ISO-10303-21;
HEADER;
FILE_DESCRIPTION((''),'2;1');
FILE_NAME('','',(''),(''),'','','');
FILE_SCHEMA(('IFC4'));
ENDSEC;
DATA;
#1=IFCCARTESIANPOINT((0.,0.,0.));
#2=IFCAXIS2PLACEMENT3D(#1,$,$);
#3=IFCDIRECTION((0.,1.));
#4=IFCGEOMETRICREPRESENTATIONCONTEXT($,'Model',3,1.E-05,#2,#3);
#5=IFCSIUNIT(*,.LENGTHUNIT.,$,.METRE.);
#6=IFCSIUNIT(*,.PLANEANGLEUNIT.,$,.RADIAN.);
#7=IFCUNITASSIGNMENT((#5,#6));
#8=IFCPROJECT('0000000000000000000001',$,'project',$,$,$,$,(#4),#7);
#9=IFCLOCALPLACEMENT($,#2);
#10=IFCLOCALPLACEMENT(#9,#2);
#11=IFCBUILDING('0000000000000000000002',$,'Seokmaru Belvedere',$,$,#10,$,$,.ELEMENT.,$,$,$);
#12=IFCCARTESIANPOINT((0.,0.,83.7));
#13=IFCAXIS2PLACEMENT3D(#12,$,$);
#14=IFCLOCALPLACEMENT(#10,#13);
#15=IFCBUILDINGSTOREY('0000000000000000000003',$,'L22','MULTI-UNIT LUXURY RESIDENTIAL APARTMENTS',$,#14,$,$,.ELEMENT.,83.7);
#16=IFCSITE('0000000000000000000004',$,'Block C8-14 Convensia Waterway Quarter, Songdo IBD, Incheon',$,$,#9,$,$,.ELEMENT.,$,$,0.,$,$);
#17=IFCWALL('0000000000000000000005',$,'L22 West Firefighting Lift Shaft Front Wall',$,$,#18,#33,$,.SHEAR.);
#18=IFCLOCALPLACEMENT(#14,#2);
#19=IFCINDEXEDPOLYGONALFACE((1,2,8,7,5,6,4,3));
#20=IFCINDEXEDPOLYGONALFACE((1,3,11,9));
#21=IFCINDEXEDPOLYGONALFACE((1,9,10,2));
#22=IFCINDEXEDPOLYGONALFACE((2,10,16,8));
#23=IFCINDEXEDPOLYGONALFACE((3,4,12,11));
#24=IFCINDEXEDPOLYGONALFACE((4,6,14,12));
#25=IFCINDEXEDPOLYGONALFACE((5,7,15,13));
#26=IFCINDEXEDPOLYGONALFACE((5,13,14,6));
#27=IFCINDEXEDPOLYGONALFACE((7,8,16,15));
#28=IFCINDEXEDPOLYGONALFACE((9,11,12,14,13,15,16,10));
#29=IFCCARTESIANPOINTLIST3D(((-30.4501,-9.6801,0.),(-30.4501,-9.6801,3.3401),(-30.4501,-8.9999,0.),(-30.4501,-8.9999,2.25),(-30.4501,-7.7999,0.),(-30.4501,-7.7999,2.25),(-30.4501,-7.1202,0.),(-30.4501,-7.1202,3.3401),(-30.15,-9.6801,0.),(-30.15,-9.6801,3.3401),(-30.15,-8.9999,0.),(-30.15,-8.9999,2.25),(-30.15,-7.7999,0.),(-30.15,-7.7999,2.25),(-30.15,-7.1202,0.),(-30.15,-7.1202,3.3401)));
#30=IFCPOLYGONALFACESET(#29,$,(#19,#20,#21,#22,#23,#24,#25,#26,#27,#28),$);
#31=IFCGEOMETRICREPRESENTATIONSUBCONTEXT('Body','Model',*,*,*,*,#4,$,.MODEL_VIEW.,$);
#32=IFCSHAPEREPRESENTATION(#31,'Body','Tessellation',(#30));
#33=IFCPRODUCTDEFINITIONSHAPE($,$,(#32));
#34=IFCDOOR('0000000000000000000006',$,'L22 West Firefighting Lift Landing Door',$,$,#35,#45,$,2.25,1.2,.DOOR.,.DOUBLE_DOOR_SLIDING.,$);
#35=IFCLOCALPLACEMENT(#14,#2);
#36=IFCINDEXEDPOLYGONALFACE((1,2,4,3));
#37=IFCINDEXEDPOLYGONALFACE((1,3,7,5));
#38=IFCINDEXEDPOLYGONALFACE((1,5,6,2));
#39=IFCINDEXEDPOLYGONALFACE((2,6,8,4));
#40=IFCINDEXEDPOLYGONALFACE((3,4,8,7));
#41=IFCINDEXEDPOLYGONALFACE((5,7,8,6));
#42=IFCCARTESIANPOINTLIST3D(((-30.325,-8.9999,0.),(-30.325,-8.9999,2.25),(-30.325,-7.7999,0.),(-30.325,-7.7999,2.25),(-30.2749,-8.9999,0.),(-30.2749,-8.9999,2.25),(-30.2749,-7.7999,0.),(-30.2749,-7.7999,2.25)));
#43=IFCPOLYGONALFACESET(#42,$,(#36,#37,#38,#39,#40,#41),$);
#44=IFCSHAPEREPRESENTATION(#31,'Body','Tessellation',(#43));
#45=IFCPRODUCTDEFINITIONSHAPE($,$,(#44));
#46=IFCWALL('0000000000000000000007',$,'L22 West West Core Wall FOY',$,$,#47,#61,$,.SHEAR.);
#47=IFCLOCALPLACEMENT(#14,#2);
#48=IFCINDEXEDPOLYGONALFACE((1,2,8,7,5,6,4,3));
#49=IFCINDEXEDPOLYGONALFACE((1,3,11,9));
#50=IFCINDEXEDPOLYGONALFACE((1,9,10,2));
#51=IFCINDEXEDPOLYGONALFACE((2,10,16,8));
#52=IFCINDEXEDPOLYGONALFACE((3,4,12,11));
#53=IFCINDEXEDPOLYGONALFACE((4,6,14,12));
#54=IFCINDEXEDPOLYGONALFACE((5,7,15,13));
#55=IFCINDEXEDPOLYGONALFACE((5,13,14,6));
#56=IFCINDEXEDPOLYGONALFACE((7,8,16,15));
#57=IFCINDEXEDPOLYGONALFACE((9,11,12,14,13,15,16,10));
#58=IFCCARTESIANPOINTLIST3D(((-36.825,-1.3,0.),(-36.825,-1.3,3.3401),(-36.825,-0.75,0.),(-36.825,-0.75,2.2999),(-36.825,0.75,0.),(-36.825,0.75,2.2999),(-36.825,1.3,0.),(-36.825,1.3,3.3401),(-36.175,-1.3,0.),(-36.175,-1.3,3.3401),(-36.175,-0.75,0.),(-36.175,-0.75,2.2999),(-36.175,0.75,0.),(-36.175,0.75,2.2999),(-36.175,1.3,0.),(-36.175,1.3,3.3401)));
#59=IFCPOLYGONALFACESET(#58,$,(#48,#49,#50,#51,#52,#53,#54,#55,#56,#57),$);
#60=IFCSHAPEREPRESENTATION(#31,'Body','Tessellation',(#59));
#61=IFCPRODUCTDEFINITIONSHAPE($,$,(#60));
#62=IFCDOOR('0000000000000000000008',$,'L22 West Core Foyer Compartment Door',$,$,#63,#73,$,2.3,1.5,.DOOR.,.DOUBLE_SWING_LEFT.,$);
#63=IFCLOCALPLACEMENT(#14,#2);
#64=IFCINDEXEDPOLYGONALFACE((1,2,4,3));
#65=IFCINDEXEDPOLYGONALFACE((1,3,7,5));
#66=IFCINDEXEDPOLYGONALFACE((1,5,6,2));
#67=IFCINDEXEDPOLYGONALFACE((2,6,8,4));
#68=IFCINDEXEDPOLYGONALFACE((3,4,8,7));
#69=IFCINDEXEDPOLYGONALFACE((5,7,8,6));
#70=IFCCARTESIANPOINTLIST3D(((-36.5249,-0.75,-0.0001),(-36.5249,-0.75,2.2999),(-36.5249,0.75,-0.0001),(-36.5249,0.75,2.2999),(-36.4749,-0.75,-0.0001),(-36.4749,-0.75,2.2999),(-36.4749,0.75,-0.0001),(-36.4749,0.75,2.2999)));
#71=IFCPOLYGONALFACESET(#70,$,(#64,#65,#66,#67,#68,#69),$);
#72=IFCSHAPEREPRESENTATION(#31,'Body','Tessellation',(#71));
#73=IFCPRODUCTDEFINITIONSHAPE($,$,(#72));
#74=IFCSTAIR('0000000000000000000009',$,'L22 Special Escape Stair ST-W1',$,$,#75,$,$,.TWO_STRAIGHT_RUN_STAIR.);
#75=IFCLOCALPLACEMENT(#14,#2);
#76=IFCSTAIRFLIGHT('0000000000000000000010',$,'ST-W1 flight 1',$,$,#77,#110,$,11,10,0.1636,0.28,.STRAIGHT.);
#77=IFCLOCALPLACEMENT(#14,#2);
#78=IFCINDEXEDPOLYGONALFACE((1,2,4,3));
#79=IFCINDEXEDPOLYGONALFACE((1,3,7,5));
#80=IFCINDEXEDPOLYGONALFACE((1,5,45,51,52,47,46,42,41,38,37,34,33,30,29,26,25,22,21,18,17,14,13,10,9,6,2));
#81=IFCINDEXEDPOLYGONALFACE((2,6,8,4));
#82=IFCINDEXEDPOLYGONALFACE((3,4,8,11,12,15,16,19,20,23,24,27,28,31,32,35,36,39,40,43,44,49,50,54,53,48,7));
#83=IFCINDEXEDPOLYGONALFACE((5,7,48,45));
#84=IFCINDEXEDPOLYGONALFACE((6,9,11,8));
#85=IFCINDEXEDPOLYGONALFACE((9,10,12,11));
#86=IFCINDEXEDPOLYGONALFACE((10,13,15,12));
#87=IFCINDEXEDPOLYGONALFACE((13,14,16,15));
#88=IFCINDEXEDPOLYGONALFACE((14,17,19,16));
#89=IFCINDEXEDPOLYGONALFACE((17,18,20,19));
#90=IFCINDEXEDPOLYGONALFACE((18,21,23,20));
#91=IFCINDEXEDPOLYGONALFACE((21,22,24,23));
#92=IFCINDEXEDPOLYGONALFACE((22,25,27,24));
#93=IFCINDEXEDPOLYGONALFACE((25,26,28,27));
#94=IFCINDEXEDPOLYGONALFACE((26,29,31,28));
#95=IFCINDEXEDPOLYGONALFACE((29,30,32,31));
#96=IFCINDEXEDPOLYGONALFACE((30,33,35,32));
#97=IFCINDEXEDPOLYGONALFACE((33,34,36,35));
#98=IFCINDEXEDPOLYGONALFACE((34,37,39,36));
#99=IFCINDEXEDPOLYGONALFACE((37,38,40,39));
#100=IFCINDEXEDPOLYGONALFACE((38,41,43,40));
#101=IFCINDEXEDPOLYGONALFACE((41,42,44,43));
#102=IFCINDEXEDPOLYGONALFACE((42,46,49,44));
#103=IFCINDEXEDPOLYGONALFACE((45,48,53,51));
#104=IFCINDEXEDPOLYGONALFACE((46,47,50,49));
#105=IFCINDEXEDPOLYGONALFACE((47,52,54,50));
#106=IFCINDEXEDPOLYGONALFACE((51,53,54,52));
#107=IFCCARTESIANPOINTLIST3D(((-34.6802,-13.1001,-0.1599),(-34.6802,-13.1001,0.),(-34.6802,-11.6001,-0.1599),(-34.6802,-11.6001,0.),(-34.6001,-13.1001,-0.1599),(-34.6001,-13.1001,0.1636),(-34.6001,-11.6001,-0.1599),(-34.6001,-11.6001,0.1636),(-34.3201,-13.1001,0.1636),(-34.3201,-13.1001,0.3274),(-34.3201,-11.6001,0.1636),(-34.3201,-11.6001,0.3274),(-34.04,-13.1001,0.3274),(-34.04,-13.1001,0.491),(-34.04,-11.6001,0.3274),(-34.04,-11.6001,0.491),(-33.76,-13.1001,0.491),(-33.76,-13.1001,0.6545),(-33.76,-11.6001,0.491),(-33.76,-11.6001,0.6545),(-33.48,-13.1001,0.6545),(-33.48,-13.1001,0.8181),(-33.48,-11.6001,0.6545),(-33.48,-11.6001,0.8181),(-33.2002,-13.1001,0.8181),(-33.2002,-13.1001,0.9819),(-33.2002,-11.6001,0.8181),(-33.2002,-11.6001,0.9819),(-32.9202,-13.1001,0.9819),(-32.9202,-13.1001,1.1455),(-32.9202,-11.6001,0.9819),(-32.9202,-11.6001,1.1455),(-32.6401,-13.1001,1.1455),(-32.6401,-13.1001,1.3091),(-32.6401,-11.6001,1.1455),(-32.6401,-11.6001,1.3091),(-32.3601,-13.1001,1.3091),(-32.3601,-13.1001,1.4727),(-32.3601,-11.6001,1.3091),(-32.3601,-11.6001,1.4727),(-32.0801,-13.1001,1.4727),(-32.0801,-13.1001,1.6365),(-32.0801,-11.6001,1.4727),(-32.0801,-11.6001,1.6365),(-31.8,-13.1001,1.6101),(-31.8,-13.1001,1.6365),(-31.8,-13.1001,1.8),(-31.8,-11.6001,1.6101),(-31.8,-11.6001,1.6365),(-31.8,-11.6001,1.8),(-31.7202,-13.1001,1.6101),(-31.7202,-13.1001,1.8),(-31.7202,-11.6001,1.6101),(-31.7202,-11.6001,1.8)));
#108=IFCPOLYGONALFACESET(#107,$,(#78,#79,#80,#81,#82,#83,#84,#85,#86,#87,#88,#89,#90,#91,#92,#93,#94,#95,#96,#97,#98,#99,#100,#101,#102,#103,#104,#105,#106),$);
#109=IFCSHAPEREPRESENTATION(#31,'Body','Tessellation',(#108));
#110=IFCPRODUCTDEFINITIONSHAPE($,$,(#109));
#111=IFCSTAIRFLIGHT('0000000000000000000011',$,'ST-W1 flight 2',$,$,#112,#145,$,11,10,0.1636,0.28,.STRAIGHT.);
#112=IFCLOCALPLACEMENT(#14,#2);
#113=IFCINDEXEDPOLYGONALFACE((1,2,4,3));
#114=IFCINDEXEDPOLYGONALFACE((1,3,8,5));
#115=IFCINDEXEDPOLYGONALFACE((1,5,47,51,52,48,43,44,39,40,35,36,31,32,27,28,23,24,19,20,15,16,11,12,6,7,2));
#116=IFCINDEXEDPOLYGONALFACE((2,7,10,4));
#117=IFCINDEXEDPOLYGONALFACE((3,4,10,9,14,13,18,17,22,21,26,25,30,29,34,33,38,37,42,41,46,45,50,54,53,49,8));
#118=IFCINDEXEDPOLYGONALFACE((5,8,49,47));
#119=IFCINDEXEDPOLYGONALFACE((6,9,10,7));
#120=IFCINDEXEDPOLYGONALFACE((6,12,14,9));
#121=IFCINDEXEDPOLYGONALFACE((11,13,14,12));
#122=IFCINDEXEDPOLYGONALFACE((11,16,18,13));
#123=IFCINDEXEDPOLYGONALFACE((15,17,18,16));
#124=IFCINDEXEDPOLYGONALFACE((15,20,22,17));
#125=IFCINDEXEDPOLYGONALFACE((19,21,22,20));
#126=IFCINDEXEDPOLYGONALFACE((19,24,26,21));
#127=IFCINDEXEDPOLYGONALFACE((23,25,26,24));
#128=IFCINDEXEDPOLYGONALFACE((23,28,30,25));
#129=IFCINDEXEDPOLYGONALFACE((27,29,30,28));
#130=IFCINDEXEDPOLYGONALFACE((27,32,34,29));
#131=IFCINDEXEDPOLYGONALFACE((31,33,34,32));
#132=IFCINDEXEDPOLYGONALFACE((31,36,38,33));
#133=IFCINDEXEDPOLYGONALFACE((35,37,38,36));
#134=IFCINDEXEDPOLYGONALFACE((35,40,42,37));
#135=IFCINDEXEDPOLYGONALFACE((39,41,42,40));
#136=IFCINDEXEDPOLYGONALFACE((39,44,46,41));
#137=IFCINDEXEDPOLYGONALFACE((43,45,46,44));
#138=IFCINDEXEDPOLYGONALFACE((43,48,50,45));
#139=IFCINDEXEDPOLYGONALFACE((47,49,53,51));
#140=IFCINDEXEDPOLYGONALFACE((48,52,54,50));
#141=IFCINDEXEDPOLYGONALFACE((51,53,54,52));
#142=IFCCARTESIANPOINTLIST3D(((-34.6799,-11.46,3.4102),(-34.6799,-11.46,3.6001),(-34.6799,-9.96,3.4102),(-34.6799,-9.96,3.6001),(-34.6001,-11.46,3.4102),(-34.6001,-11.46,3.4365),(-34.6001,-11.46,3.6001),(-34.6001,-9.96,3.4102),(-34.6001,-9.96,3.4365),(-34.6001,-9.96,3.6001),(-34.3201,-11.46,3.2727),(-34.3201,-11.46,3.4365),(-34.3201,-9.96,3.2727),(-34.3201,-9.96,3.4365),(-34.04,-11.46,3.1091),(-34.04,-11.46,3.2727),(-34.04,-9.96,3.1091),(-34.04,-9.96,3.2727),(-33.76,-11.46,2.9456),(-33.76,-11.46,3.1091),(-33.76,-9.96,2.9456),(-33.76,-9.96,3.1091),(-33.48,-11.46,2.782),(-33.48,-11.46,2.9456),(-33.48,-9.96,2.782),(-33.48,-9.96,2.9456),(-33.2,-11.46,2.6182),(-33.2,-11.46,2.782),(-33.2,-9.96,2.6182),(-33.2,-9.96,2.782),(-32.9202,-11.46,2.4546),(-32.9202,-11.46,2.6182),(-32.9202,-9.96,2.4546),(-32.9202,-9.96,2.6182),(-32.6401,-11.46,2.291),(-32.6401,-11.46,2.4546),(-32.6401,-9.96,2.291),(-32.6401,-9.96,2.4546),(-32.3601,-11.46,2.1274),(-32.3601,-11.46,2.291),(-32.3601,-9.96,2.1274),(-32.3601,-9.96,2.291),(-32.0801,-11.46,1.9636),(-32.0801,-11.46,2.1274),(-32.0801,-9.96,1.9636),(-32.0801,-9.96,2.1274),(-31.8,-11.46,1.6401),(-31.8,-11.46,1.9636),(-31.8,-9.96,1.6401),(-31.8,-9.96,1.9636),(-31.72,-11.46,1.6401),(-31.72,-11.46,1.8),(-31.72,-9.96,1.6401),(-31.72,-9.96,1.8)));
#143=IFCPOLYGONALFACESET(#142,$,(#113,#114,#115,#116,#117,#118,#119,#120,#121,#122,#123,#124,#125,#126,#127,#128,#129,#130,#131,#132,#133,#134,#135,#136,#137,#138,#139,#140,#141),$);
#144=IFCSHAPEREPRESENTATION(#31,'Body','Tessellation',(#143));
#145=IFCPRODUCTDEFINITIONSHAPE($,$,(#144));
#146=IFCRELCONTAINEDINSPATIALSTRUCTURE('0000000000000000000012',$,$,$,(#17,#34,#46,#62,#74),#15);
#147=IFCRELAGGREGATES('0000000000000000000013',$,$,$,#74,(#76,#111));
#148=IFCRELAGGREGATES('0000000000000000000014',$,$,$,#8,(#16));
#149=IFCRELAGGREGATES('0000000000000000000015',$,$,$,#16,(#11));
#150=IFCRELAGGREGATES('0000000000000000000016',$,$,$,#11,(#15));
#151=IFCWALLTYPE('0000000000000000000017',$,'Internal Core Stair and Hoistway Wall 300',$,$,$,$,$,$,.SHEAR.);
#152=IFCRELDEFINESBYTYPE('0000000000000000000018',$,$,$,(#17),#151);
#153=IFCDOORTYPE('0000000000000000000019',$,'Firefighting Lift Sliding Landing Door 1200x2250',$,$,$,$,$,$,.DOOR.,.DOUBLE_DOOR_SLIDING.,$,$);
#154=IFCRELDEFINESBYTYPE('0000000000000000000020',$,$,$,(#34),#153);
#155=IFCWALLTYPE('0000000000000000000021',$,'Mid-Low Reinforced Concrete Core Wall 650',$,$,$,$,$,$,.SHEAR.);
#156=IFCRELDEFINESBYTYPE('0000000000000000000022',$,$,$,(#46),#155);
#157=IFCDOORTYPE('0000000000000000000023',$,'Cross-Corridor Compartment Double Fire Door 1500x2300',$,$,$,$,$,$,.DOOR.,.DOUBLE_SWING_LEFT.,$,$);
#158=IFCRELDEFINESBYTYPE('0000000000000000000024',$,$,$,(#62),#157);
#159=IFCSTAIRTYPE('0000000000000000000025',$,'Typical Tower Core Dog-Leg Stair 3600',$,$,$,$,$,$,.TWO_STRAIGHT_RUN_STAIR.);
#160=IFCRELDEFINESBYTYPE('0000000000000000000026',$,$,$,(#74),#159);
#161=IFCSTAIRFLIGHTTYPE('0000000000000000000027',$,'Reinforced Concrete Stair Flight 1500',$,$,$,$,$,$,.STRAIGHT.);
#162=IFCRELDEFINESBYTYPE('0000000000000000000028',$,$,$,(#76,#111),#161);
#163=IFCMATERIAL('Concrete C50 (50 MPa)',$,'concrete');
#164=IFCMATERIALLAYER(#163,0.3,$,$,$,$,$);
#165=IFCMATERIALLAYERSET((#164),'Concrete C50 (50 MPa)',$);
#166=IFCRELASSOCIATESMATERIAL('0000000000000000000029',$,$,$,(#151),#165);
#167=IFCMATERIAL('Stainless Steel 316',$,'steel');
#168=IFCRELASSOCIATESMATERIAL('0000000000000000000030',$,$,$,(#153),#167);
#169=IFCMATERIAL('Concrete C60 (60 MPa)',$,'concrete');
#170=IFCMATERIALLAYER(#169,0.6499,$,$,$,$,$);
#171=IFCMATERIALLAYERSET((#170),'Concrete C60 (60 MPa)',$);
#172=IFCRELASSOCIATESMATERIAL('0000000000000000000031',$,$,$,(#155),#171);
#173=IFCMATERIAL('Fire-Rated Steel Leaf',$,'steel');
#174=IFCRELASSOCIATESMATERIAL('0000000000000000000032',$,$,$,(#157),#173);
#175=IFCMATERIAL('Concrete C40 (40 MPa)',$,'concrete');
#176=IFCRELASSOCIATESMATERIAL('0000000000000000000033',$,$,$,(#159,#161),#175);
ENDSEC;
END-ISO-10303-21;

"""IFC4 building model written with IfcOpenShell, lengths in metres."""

from ifc_helpers import new_model, si_unit, direction, frame, frame_2d, origin, place, context, subcontext, project, spatial, polyline, rectangle, outline, extrude, source, transform, mapped, material, layer, layer_set, type_object, type_shapes, element, fill, aggregate, save


model = new_model("IFC4")

# Units and contexts
model_context = context("Model", 3, precision=1e-05, world=origin(), true_north=direction((0.0, 1.0)))
body_context = subcontext(model_context, "Body", "Model", "MODEL_VIEW")
ifc_project = project(units=[si_unit("LENGTHUNIT", "METRE"), si_unit("PLANEANGLEUNIT", "RADIAN")], contexts=[model_context])

# Site, building, storey
site_placement = place(None, origin())
site = spatial("IfcSite", under=ifc_project, at=site_placement, Name="Block C8-14 Convensia Waterway Quarter, Songdo IBD, Incheon", CompositionType="ELEMENT", RefElevation=0.0)
building_placement = place(site_placement, origin())
building = spatial("IfcBuilding", under=site, at=building_placement, Name="Seokmaru Belvedere", CompositionType="ELEMENT")
storey_placement = place(building_placement, frame((0.0, 0.0, 83.7)))
storey = spatial("IfcBuildingStorey", under=building, at=storey_placement, Name="L22", Description="MULTI-UNIT LUXURY RESIDENTIAL APARTMENTS", CompositionType="ELEMENT", Elevation=83.7)

# Shared definitions
ifc_material_1 = material(Name="Fire-Rated Steel Leaf", Category="steel")

# Shared definitions
ifc_material_2 = material(Name="Concrete C50 (50 MPa)", Category="concrete")

# Walls, openings, doors
ifc_layer_1 = layer(ifc_material_2, 0.3)
ifc_layer_set_1 = layer_set([ifc_layer_1], Name="Concrete C50 (50 MPa)")
wall_type_1 = type_object("IfcWallType", Name="Internal Core Stair and Hoistway Wall 300", PredefinedType="SHEAR", material=ifc_layer_set_1)
wall_1_placement = place(storey_placement, frame((-30.3, -9.6799, 0.0), z_axis=(0.0, 0.0, 1.0), x_axis=(0.0, 1.0, 0.0)))
wall_1 = element("IfcWall", 1, at=wall_1_placement, inside=storey, type_object=wall_type_1, Name="L22 West Firefighting Lift Shaft Front Wall", PredefinedType="SHEAR", context=body_context, shape_type="SweptSolid", body=[
    extrude(rectangle(XDim=2.5598, YDim=0.3, at=frame_2d((1.2798, 0.0))), origin(), (0.0, 0.0, 1.0), 3.3401),
])
opening_1_placement = place(wall_1_placement, frame((0.6799, 0.0, 0.0)))
opening_1 = element("IfcOpeningElement", 2, at=opening_1_placement, cuts=wall_1, PredefinedType="OPENING", context=body_context, shape_type="SweptSolid", body=[
    extrude(rectangle(XDim=1.2, YDim=2.25, at=frame_2d((0.6001, 1.125))), frame((0.0, 0.1602, 0.0), z_axis=(0.0, -1.0, 0.0), x_axis=(1.0, 0.0, 0.0)), (0.0, 0.0, 1.0), 0.3201),
])
ifc_material_3 = material(Name="Stainless Steel 316", Category="steel")
door_type_1 = type_object("IfcDoorType", Name="Firefighting Lift Sliding Landing Door 1200x2250", OperationType="DOUBLE_DOOR_SLIDING", PredefinedType="DOOR", material=ifc_material_3)
shared_shape_1 = source(origin(), body_context, "Body", "SweptSolid", [
    extrude(rectangle(XDim=1.2, YDim=2.25, at=frame_2d((0.6001, 1.125))), frame((0.0, 0.0249, 0.0), z_axis=(0.0, -1.0, 0.0), x_axis=(1.0, 0.0, 0.0)), (0.0, 0.0, 1.0), 0.05),
])
type_shapes(door_type_1, [shared_shape_1])
door_1_placement = place(opening_1_placement, origin())
door_1 = element("IfcDoor", 3, at=door_1_placement, inside=storey, type_object=door_type_1, Name="L22 West Firefighting Lift Landing Door", OperationType="DOUBLE_DOOR_SLIDING", OverallHeight=2.25, OverallWidth=1.2, PredefinedType="DOOR", context=body_context, shape_type="MappedRepresentation", body=[
    mapped(shared_shape_1, transform((0.0, 0.0, 0.0), scale=1.0)),
])
fill(opening_1, door_1)
ifc_material_4 = material(Name="Concrete C60 (60 MPa)", Category="concrete")
ifc_layer_2 = layer(ifc_material_4, 0.6499)
ifc_layer_set_2 = layer_set([ifc_layer_2], Name="Concrete C60 (60 MPa)")
wall_type_2 = type_object("IfcWallType", Name="Mid-Low Reinforced Concrete Core Wall 650", PredefinedType="SHEAR", material=ifc_layer_set_2)
wall_2_placement = place(storey_placement, frame((-36.5, -1.3, 0.0), z_axis=(0.0, 0.0, 1.0), x_axis=(0.0, 1.0, 0.0)))
wall_2 = element("IfcWall", 4, at=wall_2_placement, inside=storey, type_object=wall_type_2, Name="L22 West West Core Wall FOY", PredefinedType="SHEAR", context=body_context, shape_type="SweptSolid", body=[
    extrude(rectangle(XDim=2.6001, YDim=0.6499, at=frame_2d((1.3, 0.0))), origin(), (0.0, 0.0, 1.0), 3.3401),
])
opening_2_placement = place(wall_2_placement, frame((0.55, 0.0, 0.0)))
opening_2 = element("IfcOpeningElement", 5, at=opening_2_placement, cuts=wall_2, PredefinedType="OPENING", context=body_context, shape_type="SweptSolid", body=[
    extrude(rectangle(XDim=1.5, YDim=2.3, at=frame_2d((0.75, 1.1499))), frame((0.0, 0.335, 0.0), z_axis=(0.0, -1.0, 0.0), x_axis=(1.0, 0.0, 0.0)), (0.0, 0.0, 1.0), 0.6699),
])
door_type_2 = type_object("IfcDoorType", Name="Cross-Corridor Compartment Double Fire Door 1500x2300", OperationType="DOUBLE_SWING_LEFT", PredefinedType="DOOR", material=ifc_material_1)
shared_shape_2 = source(origin(), body_context, "Body", "SweptSolid", [
    extrude(rectangle(XDim=1.5, YDim=2.3, at=frame_2d((0.75, 1.1499))), frame((0.0, 0.0249, 0.0), z_axis=(0.0, -1.0, 0.0), x_axis=(1.0, 0.0, 0.0)), (0.0, 0.0, 1.0), 0.05),
])
type_shapes(door_type_2, [shared_shape_2])
door_2_placement = place(opening_2_placement, origin())
door_2 = element("IfcDoor", 6, at=door_2_placement, inside=storey, type_object=door_type_2, Name="L22 West Core Foyer Compartment Door", OperationType="DOUBLE_SWING_LEFT", OverallHeight=2.3, OverallWidth=1.5, PredefinedType="DOOR", context=body_context, shape_type="MappedRepresentation", body=[
    mapped(shared_shape_2, transform((0.0, 0.0, 0.0), scale=1.0)),
])
fill(opening_2, door_2)

# Stair, stair flights
ifc_material_5 = material(Name="Concrete C40 (40 MPa)", Category="concrete")
stair_type = type_object("IfcStairType", Name="Typical Tower Core Dog-Leg Stair 3600", PredefinedType="TWO_STRAIGHT_RUN_STAIR", material=ifc_material_5)
stair_placement = place(storey_placement, origin())
stair = element("IfcStair", 7, at=stair_placement, inside=storey, type_object=stair_type, Name="L22 Special Escape Stair ST-W1", PredefinedType="TWO_STRAIGHT_RUN_STAIR")
stair_flight_type = type_object("IfcStairFlightType", Name="Reinforced Concrete Stair Flight 1500", PredefinedType="STRAIGHT", material=ifc_material_5)
stair_flight_1_placement = place(storey_placement, frame((-34.6001, -12.3501, 0.0), z_axis=(0.0, 0.0, 1.0), x_axis=(1.0, 0.0, 0.0)))
stair_flight_1 = element("IfcStairFlight", 8, at=stair_flight_1_placement, type_object=stair_flight_type, Name="ST-W1 flight 1", NumberOfRisers=11, NumberOfTreads=10, PredefinedType="STRAIGHT", RiserHeight=0.1636, TreadLength=0.28, context=body_context, shape_type="SweptSolid", body=[
    extrude(outline(polyline([(-0.0801, 0.0), (0.0, 0.1636), (0.28, 0.1636), (0.28, 0.3274), (0.5601, 0.3274), (0.5601, 0.491), (0.8401, 0.491), (0.8401, 0.6545), (1.1201, 0.6545), (1.1201, 0.8181), (1.3999, 0.8181), (1.3999, 0.9819), (1.6799, 0.9819), (1.6799, 1.1455), (1.96, 1.1455), (1.96, 1.3091), (2.24, 1.3091), (2.24, 1.4727), (2.52, 1.4727), (2.52, 1.6365), (2.8, 1.6365), (2.8, 1.8), (2.8799, 1.8), (2.8799, 1.6101), (2.8, 1.6101), (0.0, -0.1599), (-0.0801, -0.1599), (-0.0801, 0.0)])), frame((0.0, 0.75, 0.0), z_axis=(0.0, -1.0, 0.0), x_axis=(1.0, 0.0, 0.0)), (0.0, 0.0, 1.0), 1.5),
])
stair_flight_2_placement = place(storey_placement, frame((-31.8, -10.71, 1.8), z_axis=(0.0, 0.0, 1.0), x_axis=(-1.0, 0.0, 0.0)))
stair_flight_2 = element("IfcStairFlight", 9, at=stair_flight_2_placement, type_object=stair_flight_type, Name="ST-W1 flight 2", NumberOfRisers=11, NumberOfTreads=10, PredefinedType="STRAIGHT", RiserHeight=0.1636, TreadLength=0.28, context=body_context, shape_type="SweptSolid", body=[
    extrude(outline(polyline([(-0.0801, 0.0), (0.0, 0.1636), (0.28, 0.1636), (0.28, 0.3274), (0.5601, 0.3274), (0.5601, 0.491), (0.8401, 0.491), (0.8401, 0.6545), (1.1201, 0.6545), (1.1201, 0.8181), (1.3999, 0.8181), (1.3999, 0.9819), (1.6799, 0.9819), (1.6799, 1.1455), (1.96, 1.1455), (1.96, 1.3091), (2.24, 1.3091), (2.24, 1.4727), (2.52, 1.4727), (2.52, 1.6365), (2.8, 1.6365), (2.8, 1.8), (2.8799, 1.8), (2.8799, 1.6101), (2.8, 1.6101), (0.0, -0.1599), (-0.0801, -0.1599), (-0.0801, 0.0)])), frame((0.0, 0.75, 0.0), z_axis=(0.0, -1.0, 0.0), x_axis=(1.0, 0.0, 0.0)), (0.0, 0.0, 1.0), 1.5),
])
aggregate(stair, [stair_flight_1, stair_flight_2])

save(model, "model.ifc")
